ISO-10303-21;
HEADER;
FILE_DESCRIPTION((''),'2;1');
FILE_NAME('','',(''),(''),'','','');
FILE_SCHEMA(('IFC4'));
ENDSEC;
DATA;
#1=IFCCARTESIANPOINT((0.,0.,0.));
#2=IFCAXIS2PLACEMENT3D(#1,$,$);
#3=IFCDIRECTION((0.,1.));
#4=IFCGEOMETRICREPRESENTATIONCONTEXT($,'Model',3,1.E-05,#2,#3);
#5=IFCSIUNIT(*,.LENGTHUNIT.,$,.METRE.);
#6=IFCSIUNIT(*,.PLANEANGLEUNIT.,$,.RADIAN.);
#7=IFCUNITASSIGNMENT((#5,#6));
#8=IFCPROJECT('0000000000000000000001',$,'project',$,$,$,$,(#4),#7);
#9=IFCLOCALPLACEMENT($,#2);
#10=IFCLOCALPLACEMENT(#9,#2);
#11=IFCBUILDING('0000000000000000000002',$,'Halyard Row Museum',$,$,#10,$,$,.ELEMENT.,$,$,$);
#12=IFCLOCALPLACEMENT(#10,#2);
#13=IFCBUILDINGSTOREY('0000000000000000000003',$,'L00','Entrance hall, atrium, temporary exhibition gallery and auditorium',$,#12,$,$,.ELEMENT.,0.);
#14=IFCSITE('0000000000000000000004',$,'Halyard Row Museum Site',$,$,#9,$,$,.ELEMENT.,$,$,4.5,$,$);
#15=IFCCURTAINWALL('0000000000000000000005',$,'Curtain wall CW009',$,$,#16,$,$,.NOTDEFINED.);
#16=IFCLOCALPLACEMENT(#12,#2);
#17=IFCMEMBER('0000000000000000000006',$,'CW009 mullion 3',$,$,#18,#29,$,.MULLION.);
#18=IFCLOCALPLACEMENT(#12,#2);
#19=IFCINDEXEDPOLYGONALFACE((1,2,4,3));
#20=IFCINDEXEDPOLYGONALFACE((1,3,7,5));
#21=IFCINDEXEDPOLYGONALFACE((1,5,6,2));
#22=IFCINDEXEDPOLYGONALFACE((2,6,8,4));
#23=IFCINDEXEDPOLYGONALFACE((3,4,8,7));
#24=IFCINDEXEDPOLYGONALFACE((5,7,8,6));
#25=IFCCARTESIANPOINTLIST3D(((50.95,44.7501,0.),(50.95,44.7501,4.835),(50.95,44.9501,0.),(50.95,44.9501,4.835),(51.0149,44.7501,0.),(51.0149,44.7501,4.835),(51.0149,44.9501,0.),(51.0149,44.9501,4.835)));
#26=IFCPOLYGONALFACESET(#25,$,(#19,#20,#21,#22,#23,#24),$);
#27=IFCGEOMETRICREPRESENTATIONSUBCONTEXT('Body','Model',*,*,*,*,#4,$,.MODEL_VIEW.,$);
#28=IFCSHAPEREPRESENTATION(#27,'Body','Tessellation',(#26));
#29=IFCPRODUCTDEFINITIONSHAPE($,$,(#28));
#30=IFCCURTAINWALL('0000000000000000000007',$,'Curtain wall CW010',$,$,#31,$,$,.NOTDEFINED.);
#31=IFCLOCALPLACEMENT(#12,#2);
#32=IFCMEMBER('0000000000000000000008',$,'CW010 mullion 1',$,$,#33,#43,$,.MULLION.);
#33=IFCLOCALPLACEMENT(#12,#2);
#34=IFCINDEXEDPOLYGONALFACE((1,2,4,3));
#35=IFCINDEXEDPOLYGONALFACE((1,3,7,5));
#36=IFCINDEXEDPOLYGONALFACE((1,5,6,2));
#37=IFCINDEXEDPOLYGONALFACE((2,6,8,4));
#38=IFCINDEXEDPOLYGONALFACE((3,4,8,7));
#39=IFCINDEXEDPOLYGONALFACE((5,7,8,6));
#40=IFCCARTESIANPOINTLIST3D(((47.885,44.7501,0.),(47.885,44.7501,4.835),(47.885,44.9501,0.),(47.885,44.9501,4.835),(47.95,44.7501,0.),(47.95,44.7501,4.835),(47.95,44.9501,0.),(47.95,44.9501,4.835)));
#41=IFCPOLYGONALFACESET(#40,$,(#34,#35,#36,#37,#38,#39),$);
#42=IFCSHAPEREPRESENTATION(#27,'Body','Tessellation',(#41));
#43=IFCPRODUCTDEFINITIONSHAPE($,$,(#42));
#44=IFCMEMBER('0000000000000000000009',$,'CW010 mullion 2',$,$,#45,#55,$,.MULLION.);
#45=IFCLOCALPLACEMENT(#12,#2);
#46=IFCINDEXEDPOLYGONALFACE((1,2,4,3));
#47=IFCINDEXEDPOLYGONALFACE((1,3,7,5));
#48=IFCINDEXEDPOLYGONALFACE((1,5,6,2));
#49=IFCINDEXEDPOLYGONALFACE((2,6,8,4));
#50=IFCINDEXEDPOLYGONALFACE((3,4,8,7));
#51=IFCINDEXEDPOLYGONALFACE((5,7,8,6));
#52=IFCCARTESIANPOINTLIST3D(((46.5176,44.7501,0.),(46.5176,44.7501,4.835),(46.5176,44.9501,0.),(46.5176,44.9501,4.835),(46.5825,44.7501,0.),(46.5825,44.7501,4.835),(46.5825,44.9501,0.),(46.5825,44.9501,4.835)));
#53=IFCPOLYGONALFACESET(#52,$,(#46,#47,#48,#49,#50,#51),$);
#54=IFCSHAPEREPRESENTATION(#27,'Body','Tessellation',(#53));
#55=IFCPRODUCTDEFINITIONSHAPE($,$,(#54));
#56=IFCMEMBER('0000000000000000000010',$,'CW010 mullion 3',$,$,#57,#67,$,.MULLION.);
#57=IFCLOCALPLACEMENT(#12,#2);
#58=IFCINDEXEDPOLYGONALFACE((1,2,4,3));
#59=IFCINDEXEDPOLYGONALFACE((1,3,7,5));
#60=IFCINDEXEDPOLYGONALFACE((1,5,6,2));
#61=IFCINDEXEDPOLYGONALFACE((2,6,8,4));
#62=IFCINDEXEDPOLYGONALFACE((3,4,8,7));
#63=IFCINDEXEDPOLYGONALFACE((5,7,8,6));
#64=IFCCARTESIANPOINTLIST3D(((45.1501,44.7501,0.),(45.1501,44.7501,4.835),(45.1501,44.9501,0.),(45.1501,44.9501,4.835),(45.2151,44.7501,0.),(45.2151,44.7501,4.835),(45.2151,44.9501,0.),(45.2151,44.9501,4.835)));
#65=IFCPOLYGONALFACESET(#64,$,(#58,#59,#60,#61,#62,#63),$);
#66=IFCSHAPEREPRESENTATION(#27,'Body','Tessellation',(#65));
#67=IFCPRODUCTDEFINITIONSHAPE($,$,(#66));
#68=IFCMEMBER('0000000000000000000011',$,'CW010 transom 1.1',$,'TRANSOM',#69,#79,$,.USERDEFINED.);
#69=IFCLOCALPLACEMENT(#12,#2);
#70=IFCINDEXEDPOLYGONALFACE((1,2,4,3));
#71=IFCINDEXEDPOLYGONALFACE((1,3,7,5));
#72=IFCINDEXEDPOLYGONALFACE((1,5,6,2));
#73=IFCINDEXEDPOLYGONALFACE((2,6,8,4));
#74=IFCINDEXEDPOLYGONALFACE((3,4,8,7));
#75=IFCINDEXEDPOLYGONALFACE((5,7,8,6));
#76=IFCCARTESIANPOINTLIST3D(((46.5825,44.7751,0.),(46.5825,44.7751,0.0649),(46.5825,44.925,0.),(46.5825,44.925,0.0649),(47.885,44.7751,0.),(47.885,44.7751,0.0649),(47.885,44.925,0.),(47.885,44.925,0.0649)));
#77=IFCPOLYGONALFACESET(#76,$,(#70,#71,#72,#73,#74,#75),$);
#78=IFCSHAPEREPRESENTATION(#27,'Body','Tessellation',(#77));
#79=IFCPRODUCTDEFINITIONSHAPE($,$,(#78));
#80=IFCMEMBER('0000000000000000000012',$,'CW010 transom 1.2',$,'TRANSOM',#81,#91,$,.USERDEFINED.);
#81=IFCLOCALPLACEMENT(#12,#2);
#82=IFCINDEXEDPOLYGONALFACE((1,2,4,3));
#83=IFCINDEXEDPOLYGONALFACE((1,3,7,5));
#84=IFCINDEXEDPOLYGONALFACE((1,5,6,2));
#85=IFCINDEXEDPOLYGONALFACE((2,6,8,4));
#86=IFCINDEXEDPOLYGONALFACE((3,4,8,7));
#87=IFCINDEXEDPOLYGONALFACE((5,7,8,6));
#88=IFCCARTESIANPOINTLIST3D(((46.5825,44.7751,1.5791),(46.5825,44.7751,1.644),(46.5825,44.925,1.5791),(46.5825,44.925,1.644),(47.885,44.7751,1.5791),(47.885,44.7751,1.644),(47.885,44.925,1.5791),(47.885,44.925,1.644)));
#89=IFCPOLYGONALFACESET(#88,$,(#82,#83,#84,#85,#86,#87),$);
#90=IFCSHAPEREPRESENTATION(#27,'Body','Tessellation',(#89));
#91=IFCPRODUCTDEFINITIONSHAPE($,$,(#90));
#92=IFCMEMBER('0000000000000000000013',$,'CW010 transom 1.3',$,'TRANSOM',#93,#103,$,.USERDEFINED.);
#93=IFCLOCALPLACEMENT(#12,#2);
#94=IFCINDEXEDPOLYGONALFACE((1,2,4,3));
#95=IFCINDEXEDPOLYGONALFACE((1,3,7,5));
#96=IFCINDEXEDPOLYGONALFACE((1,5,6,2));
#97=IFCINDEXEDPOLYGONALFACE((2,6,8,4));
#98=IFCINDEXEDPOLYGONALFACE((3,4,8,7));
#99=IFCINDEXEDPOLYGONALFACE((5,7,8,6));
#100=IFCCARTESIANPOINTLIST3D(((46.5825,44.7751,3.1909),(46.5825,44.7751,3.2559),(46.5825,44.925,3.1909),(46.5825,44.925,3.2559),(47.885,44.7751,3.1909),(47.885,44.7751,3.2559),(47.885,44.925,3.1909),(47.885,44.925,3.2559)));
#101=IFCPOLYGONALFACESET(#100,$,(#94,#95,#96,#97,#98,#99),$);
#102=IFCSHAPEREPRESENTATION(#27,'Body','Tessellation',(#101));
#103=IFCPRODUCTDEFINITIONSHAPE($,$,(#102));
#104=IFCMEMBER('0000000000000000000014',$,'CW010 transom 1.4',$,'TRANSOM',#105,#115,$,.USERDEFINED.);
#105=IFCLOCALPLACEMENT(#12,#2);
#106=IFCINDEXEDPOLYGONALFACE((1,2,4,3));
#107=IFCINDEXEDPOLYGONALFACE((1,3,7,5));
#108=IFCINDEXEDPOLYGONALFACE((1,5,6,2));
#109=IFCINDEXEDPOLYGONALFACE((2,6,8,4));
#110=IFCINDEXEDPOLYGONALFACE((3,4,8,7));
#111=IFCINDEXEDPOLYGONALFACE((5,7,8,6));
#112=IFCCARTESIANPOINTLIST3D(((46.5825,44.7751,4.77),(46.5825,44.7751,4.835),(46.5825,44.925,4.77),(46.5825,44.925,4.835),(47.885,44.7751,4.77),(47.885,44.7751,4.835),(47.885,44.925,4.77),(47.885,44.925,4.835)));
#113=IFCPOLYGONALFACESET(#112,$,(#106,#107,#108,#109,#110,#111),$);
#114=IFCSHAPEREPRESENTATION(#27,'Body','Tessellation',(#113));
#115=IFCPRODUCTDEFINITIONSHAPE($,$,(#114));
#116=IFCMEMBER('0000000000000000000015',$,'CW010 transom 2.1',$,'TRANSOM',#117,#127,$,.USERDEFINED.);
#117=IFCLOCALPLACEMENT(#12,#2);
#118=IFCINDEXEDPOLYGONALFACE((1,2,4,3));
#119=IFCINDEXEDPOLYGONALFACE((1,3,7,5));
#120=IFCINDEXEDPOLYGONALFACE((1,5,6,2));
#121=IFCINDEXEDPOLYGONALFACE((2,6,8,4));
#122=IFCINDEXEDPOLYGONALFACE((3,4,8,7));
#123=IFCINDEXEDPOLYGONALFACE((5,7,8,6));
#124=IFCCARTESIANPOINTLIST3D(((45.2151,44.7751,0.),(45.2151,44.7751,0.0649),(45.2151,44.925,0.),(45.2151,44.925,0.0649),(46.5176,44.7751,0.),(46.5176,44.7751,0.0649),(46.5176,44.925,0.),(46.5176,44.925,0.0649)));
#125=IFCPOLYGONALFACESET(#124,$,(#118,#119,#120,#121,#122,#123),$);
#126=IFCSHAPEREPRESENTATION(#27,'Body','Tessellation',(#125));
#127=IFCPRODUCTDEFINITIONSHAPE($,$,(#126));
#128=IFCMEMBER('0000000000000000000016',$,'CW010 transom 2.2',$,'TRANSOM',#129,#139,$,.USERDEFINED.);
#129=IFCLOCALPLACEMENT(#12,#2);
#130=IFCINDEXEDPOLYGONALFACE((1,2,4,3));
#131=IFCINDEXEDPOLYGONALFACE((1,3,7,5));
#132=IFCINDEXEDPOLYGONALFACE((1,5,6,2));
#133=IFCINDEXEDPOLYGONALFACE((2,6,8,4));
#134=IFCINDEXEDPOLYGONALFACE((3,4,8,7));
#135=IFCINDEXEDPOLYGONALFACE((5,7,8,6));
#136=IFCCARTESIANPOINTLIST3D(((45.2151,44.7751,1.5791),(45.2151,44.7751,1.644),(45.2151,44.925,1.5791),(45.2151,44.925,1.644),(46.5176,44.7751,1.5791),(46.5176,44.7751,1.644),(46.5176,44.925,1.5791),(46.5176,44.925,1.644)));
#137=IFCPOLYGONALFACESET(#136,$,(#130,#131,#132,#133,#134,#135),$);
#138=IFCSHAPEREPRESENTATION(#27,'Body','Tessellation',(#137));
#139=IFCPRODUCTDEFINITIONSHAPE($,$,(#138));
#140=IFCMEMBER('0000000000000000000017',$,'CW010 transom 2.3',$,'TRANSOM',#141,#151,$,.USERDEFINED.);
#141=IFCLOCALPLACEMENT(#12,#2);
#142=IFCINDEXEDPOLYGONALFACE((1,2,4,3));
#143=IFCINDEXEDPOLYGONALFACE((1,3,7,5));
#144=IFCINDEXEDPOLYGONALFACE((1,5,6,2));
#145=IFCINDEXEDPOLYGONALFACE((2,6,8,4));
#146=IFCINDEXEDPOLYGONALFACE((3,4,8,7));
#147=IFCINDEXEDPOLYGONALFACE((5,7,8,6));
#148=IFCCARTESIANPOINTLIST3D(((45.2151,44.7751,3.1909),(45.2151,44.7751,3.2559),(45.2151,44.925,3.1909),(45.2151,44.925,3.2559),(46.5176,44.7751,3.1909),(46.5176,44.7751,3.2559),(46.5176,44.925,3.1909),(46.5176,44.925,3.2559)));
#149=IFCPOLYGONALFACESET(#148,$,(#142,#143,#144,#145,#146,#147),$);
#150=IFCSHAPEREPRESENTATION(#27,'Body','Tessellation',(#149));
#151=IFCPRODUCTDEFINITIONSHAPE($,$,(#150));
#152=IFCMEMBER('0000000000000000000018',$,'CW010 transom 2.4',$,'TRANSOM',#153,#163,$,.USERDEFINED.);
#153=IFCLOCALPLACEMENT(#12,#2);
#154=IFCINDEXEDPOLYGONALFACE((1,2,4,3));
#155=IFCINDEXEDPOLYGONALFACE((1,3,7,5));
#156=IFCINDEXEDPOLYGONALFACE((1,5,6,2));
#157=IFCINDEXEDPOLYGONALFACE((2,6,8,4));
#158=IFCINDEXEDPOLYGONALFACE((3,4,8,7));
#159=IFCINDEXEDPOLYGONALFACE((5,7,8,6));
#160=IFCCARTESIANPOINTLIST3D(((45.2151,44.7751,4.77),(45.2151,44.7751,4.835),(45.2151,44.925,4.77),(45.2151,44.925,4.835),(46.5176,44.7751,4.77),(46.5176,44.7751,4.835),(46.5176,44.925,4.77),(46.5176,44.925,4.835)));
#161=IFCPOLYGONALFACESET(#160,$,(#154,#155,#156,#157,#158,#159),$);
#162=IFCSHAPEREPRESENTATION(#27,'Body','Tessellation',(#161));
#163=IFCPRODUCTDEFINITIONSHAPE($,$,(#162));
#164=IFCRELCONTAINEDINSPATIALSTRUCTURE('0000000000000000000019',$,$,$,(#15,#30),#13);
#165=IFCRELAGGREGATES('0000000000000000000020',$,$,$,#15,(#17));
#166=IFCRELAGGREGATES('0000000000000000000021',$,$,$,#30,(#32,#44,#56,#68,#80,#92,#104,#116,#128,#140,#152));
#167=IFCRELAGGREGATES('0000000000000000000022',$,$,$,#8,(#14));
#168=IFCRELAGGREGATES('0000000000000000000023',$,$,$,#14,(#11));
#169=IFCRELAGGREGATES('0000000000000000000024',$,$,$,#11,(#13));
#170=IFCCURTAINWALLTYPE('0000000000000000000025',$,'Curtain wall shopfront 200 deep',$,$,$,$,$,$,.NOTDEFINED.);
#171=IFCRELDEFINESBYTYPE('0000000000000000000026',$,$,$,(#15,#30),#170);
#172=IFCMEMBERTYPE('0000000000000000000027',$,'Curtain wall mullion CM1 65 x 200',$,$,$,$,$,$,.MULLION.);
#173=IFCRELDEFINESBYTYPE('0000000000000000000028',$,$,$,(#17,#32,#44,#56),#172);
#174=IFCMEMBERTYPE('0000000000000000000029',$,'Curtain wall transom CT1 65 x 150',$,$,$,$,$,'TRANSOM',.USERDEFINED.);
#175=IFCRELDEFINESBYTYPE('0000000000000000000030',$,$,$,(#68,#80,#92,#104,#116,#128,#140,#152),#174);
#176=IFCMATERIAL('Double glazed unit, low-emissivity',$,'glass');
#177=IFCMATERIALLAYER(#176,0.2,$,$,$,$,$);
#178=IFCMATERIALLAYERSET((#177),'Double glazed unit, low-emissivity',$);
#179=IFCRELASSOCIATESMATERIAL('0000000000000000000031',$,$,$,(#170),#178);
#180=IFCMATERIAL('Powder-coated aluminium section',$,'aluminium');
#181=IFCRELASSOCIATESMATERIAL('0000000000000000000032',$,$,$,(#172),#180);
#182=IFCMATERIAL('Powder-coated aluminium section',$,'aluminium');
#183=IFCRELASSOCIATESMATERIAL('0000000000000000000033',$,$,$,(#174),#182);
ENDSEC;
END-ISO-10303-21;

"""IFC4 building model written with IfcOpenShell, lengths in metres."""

from ifc_helpers import new_model, si_unit, direction, frame, origin, origin_2d, place, context, subcontext, project, spatial, rectangle, extrude, material, layer, layer_set, material_profile, profile_set, type_object, element, aggregate, save


model = new_model("IFC4")

# Units and contexts
model_context = context("Model", 3, precision=1e-05, world=origin(), true_north=direction((0.0, 1.0)))
body_context = subcontext(model_context, "Body", "Model", "MODEL_VIEW")
ifc_project = project(units=[si_unit("LENGTHUNIT", "METRE"), si_unit("PLANEANGLEUNIT", "RADIAN")], contexts=[model_context])

# Site, building, storey
site_placement = place(None, origin())
site = spatial("IfcSite", under=ifc_project, at=site_placement, Name="Halyard Row Museum Site", CompositionType="ELEMENT", RefElevation=4.5)
building_placement = place(site_placement, origin())
building = spatial("IfcBuilding", under=site, at=building_placement, Name="Halyard Row Museum", CompositionType="ELEMENT")
storey_placement = place(building_placement, origin())
storey = spatial("IfcBuildingStorey", under=building, at=storey_placement, Name="L00", Description="Entrance hall, atrium, temporary exhibition gallery and auditorium", CompositionType="ELEMENT", Elevation=0.0)

# Curtain wall, member
ifc_material_1 = material(Name="Double glazed unit, low-emissivity", Category="glass")
ifc_layer_1 = layer(ifc_material_1, 0.2)
ifc_layer_set_1 = layer_set([ifc_layer_1], Name="Double glazed unit, low-emissivity")
curtain_wall_type = type_object("IfcCurtainWallType", Name="Curtain wall shopfront 200 deep", PredefinedType="NOTDEFINED", material=ifc_layer_set_1)
curtain_wall_1_placement = place(storey_placement, origin())
curtain_wall_1 = element("IfcCurtainWall", 1, at=curtain_wall_1_placement, inside=storey, type_object=curtain_wall_type, Name="Curtain wall CW009", PredefinedType="NOTDEFINED")
ifc_material_2 = material(Name="Powder-coated aluminium section", Category="aluminium")
ifc_material_profile_1 = material_profile(ifc_material_2, rectangle(XDim=0.2, YDim=0.0649, at=origin_2d()), Name="200x65 mullion")
ifc_profile_set_1 = profile_set([ifc_material_profile_1], Name="Powder-coated aluminium section")
member_type_1 = type_object("IfcMemberType", Name="Curtain wall mullion CM1 65 x 200", PredefinedType="MULLION", material=ifc_profile_set_1)
member_1_placement = place(storey_placement, frame((50.9824, 44.8501, 0.0), z_axis=(0.0, 0.0, 1.0), x_axis=(0.0, -1.0, 0.0)))
member_1 = element("IfcMember", 2, at=member_1_placement, type_object=member_type_1, Name="CW009 mullion 3", PredefinedType="MULLION", context=body_context, shape_type="SweptSolid", body=[
    extrude(rectangle(XDim=0.2, YDim=0.0649, at=origin_2d()), origin(), (0.0, 0.0, 1.0), 4.835),
])

# Curtain wall, members
curtain_wall_2_placement = place(storey_placement, origin())
curtain_wall_2 = element("IfcCurtainWall", 3, at=curtain_wall_2_placement, inside=storey, type_object=curtain_wall_type, Name="Curtain wall CW010", PredefinedType="NOTDEFINED")
member_2_placement = place(storey_placement, frame((47.9175, 44.8501, 0.0), z_axis=(0.0, 0.0, 1.0), x_axis=(0.0, -1.0, 0.0)))
member_2 = element("IfcMember", 4, at=member_2_placement, type_object=member_type_1, Name="CW010 mullion 1", PredefinedType="MULLION", context=body_context, shape_type="SweptSolid", body=[
    extrude(rectangle(XDim=0.2, YDim=0.0649, at=origin_2d()), origin(), (0.0, 0.0, 1.0), 4.835),
])
member_3_placement = place(storey_placement, frame((46.55, 44.8501, 0.0), z_axis=(0.0, 0.0, 1.0), x_axis=(0.0, -1.0, 0.0)))
member_3 = element("IfcMember", 5, at=member_3_placement, type_object=member_type_1, Name="CW010 mullion 2", PredefinedType="MULLION", context=body_context, shape_type="SweptSolid", body=[
    extrude(rectangle(XDim=0.2, YDim=0.0649, at=origin_2d()), origin(), (0.0, 0.0, 1.0), 4.835),
])
member_4_placement = place(storey_placement, frame((45.1826, 44.8501, 0.0), z_axis=(0.0, 0.0, 1.0), x_axis=(0.0, -1.0, 0.0)))
member_4 = element("IfcMember", 6, at=member_4_placement, type_object=member_type_1, Name="CW010 mullion 3", PredefinedType="MULLION", context=body_context, shape_type="SweptSolid", body=[
    extrude(rectangle(XDim=0.2, YDim=0.0649, at=origin_2d()), origin(), (0.0, 0.0, 1.0), 4.835),
])
ifc_material_3 = material(Name="Powder-coated aluminium section", Category="aluminium")
ifc_material_profile_2 = material_profile(ifc_material_3, rectangle(XDim=0.1499, YDim=0.0649, at=origin_2d()), Name="150x65 transom")
ifc_profile_set_2 = profile_set([ifc_material_profile_2], Name="Powder-coated aluminium section")
member_type_2 = type_object("IfcMemberType", Name="Curtain wall transom CT1 65 x 150", ElementType="TRANSOM", PredefinedType="USERDEFINED", material=ifc_profile_set_2)
member_5_placement = place(storey_placement, frame((47.885, 44.8501, 0.0325), z_axis=(-1.0, 0.0, 0.0), x_axis=(0.0, -1.0, 0.0)))
member_5 = element("IfcMember", 7, at=member_5_placement, type_object=member_type_2, Name="CW010 transom 1.1", ObjectType="TRANSOM", PredefinedType="USERDEFINED", context=body_context, shape_type="SweptSolid", body=[
    extrude(rectangle(XDim=0.1499, YDim=0.0649, at=origin_2d()), origin(), (0.0, 0.0, 1.0), 1.3025),
])
member_6_placement = place(storey_placement, frame((47.885, 44.8501, 1.6116), z_axis=(-1.0, 0.0, 0.0), x_axis=(0.0, -1.0, 0.0)))
member_6 = element("IfcMember", 8, at=member_6_placement, type_object=member_type_2, Name="CW010 transom 1.2", ObjectType="TRANSOM", PredefinedType="USERDEFINED", context=body_context, shape_type="SweptSolid", body=[
    extrude(rectangle(XDim=0.1499, YDim=0.0649, at=origin_2d()), origin(), (0.0, 0.0, 1.0), 1.3025),
])
member_7_placement = place(storey_placement, frame((47.885, 44.8501, 3.2234), z_axis=(-1.0, 0.0, 0.0), x_axis=(0.0, -1.0, 0.0)))
member_7 = element("IfcMember", 9, at=member_7_placement, type_object=member_type_2, Name="CW010 transom 1.3", ObjectType="TRANSOM", PredefinedType="USERDEFINED", context=body_context, shape_type="SweptSolid", body=[
    extrude(rectangle(XDim=0.1499, YDim=0.0649, at=origin_2d()), origin(), (0.0, 0.0, 1.0), 1.3025),
])
member_8_placement = place(storey_placement, frame((47.885, 44.8501, 4.8025), z_axis=(-1.0, 0.0, 0.0), x_axis=(0.0, -1.0, 0.0)))
member_8 = element("IfcMember", 10, at=member_8_placement, type_object=member_type_2, Name="CW010 transom 1.4", ObjectType="TRANSOM", PredefinedType="USERDEFINED", context=body_context, shape_type="SweptSolid", body=[
    extrude(rectangle(XDim=0.1499, YDim=0.0649, at=origin_2d()), origin(), (0.0, 0.0, 1.0), 1.3025),
])
member_9_placement = place(storey_placement, frame((46.5176, 44.8501, 0.0325), z_axis=(-1.0, 0.0, 0.0), x_axis=(0.0, -1.0, 0.0)))
member_9 = element("IfcMember", 11, at=member_9_placement, type_object=member_type_2, Name="CW010 transom 2.1", ObjectType="TRANSOM", PredefinedType="USERDEFINED", context=body_context, shape_type="SweptSolid", body=[
    extrude(rectangle(XDim=0.1499, YDim=0.0649, at=origin_2d()), origin(), (0.0, 0.0, 1.0), 1.3025),
])
member_10_placement = place(storey_placement, frame((46.5176, 44.8501, 1.6116), z_axis=(-1.0, 0.0, 0.0), x_axis=(0.0, -1.0, 0.0)))
member_10 = element("IfcMember", 12, at=member_10_placement, type_object=member_type_2, Name="CW010 transom 2.2", ObjectType="TRANSOM", PredefinedType="USERDEFINED", context=body_context, shape_type="SweptSolid", body=[
    extrude(rectangle(XDim=0.1499, YDim=0.0649, at=origin_2d()), origin(), (0.0, 0.0, 1.0), 1.3025),
])
member_11_placement = place(storey_placement, frame((46.5176, 44.8501, 3.2234), z_axis=(-1.0, 0.0, 0.0), x_axis=(0.0, -1.0, 0.0)))
member_11 = element("IfcMember", 13, at=member_11_placement, type_object=member_type_2, Name="CW010 transom 2.3", ObjectType="TRANSOM", PredefinedType="USERDEFINED", context=body_context, shape_type="SweptSolid", body=[
    extrude(rectangle(XDim=0.1499, YDim=0.0649, at=origin_2d()), origin(), (0.0, 0.0, 1.0), 1.3025),
])
member_12_placement = place(storey_placement, frame((46.5176, 44.8501, 4.8025), z_axis=(-1.0, 0.0, 0.0), x_axis=(0.0, -1.0, 0.0)))
member_12 = element("IfcMember", 14, at=member_12_placement, type_object=member_type_2, Name="CW010 transom 2.4", ObjectType="TRANSOM", PredefinedType="USERDEFINED", context=body_context, shape_type="SweptSolid", body=[
    extrude(rectangle(XDim=0.1499, YDim=0.0649, at=origin_2d()), origin(), (0.0, 0.0, 1.0), 1.3025),
])

aggregate(curtain_wall_1, [member_1])
aggregate(curtain_wall_2, [member_2, member_3, member_4, member_5, member_6, member_7, member_8, member_9, member_10, member_11, member_12])

save(model, "model.ifc")
